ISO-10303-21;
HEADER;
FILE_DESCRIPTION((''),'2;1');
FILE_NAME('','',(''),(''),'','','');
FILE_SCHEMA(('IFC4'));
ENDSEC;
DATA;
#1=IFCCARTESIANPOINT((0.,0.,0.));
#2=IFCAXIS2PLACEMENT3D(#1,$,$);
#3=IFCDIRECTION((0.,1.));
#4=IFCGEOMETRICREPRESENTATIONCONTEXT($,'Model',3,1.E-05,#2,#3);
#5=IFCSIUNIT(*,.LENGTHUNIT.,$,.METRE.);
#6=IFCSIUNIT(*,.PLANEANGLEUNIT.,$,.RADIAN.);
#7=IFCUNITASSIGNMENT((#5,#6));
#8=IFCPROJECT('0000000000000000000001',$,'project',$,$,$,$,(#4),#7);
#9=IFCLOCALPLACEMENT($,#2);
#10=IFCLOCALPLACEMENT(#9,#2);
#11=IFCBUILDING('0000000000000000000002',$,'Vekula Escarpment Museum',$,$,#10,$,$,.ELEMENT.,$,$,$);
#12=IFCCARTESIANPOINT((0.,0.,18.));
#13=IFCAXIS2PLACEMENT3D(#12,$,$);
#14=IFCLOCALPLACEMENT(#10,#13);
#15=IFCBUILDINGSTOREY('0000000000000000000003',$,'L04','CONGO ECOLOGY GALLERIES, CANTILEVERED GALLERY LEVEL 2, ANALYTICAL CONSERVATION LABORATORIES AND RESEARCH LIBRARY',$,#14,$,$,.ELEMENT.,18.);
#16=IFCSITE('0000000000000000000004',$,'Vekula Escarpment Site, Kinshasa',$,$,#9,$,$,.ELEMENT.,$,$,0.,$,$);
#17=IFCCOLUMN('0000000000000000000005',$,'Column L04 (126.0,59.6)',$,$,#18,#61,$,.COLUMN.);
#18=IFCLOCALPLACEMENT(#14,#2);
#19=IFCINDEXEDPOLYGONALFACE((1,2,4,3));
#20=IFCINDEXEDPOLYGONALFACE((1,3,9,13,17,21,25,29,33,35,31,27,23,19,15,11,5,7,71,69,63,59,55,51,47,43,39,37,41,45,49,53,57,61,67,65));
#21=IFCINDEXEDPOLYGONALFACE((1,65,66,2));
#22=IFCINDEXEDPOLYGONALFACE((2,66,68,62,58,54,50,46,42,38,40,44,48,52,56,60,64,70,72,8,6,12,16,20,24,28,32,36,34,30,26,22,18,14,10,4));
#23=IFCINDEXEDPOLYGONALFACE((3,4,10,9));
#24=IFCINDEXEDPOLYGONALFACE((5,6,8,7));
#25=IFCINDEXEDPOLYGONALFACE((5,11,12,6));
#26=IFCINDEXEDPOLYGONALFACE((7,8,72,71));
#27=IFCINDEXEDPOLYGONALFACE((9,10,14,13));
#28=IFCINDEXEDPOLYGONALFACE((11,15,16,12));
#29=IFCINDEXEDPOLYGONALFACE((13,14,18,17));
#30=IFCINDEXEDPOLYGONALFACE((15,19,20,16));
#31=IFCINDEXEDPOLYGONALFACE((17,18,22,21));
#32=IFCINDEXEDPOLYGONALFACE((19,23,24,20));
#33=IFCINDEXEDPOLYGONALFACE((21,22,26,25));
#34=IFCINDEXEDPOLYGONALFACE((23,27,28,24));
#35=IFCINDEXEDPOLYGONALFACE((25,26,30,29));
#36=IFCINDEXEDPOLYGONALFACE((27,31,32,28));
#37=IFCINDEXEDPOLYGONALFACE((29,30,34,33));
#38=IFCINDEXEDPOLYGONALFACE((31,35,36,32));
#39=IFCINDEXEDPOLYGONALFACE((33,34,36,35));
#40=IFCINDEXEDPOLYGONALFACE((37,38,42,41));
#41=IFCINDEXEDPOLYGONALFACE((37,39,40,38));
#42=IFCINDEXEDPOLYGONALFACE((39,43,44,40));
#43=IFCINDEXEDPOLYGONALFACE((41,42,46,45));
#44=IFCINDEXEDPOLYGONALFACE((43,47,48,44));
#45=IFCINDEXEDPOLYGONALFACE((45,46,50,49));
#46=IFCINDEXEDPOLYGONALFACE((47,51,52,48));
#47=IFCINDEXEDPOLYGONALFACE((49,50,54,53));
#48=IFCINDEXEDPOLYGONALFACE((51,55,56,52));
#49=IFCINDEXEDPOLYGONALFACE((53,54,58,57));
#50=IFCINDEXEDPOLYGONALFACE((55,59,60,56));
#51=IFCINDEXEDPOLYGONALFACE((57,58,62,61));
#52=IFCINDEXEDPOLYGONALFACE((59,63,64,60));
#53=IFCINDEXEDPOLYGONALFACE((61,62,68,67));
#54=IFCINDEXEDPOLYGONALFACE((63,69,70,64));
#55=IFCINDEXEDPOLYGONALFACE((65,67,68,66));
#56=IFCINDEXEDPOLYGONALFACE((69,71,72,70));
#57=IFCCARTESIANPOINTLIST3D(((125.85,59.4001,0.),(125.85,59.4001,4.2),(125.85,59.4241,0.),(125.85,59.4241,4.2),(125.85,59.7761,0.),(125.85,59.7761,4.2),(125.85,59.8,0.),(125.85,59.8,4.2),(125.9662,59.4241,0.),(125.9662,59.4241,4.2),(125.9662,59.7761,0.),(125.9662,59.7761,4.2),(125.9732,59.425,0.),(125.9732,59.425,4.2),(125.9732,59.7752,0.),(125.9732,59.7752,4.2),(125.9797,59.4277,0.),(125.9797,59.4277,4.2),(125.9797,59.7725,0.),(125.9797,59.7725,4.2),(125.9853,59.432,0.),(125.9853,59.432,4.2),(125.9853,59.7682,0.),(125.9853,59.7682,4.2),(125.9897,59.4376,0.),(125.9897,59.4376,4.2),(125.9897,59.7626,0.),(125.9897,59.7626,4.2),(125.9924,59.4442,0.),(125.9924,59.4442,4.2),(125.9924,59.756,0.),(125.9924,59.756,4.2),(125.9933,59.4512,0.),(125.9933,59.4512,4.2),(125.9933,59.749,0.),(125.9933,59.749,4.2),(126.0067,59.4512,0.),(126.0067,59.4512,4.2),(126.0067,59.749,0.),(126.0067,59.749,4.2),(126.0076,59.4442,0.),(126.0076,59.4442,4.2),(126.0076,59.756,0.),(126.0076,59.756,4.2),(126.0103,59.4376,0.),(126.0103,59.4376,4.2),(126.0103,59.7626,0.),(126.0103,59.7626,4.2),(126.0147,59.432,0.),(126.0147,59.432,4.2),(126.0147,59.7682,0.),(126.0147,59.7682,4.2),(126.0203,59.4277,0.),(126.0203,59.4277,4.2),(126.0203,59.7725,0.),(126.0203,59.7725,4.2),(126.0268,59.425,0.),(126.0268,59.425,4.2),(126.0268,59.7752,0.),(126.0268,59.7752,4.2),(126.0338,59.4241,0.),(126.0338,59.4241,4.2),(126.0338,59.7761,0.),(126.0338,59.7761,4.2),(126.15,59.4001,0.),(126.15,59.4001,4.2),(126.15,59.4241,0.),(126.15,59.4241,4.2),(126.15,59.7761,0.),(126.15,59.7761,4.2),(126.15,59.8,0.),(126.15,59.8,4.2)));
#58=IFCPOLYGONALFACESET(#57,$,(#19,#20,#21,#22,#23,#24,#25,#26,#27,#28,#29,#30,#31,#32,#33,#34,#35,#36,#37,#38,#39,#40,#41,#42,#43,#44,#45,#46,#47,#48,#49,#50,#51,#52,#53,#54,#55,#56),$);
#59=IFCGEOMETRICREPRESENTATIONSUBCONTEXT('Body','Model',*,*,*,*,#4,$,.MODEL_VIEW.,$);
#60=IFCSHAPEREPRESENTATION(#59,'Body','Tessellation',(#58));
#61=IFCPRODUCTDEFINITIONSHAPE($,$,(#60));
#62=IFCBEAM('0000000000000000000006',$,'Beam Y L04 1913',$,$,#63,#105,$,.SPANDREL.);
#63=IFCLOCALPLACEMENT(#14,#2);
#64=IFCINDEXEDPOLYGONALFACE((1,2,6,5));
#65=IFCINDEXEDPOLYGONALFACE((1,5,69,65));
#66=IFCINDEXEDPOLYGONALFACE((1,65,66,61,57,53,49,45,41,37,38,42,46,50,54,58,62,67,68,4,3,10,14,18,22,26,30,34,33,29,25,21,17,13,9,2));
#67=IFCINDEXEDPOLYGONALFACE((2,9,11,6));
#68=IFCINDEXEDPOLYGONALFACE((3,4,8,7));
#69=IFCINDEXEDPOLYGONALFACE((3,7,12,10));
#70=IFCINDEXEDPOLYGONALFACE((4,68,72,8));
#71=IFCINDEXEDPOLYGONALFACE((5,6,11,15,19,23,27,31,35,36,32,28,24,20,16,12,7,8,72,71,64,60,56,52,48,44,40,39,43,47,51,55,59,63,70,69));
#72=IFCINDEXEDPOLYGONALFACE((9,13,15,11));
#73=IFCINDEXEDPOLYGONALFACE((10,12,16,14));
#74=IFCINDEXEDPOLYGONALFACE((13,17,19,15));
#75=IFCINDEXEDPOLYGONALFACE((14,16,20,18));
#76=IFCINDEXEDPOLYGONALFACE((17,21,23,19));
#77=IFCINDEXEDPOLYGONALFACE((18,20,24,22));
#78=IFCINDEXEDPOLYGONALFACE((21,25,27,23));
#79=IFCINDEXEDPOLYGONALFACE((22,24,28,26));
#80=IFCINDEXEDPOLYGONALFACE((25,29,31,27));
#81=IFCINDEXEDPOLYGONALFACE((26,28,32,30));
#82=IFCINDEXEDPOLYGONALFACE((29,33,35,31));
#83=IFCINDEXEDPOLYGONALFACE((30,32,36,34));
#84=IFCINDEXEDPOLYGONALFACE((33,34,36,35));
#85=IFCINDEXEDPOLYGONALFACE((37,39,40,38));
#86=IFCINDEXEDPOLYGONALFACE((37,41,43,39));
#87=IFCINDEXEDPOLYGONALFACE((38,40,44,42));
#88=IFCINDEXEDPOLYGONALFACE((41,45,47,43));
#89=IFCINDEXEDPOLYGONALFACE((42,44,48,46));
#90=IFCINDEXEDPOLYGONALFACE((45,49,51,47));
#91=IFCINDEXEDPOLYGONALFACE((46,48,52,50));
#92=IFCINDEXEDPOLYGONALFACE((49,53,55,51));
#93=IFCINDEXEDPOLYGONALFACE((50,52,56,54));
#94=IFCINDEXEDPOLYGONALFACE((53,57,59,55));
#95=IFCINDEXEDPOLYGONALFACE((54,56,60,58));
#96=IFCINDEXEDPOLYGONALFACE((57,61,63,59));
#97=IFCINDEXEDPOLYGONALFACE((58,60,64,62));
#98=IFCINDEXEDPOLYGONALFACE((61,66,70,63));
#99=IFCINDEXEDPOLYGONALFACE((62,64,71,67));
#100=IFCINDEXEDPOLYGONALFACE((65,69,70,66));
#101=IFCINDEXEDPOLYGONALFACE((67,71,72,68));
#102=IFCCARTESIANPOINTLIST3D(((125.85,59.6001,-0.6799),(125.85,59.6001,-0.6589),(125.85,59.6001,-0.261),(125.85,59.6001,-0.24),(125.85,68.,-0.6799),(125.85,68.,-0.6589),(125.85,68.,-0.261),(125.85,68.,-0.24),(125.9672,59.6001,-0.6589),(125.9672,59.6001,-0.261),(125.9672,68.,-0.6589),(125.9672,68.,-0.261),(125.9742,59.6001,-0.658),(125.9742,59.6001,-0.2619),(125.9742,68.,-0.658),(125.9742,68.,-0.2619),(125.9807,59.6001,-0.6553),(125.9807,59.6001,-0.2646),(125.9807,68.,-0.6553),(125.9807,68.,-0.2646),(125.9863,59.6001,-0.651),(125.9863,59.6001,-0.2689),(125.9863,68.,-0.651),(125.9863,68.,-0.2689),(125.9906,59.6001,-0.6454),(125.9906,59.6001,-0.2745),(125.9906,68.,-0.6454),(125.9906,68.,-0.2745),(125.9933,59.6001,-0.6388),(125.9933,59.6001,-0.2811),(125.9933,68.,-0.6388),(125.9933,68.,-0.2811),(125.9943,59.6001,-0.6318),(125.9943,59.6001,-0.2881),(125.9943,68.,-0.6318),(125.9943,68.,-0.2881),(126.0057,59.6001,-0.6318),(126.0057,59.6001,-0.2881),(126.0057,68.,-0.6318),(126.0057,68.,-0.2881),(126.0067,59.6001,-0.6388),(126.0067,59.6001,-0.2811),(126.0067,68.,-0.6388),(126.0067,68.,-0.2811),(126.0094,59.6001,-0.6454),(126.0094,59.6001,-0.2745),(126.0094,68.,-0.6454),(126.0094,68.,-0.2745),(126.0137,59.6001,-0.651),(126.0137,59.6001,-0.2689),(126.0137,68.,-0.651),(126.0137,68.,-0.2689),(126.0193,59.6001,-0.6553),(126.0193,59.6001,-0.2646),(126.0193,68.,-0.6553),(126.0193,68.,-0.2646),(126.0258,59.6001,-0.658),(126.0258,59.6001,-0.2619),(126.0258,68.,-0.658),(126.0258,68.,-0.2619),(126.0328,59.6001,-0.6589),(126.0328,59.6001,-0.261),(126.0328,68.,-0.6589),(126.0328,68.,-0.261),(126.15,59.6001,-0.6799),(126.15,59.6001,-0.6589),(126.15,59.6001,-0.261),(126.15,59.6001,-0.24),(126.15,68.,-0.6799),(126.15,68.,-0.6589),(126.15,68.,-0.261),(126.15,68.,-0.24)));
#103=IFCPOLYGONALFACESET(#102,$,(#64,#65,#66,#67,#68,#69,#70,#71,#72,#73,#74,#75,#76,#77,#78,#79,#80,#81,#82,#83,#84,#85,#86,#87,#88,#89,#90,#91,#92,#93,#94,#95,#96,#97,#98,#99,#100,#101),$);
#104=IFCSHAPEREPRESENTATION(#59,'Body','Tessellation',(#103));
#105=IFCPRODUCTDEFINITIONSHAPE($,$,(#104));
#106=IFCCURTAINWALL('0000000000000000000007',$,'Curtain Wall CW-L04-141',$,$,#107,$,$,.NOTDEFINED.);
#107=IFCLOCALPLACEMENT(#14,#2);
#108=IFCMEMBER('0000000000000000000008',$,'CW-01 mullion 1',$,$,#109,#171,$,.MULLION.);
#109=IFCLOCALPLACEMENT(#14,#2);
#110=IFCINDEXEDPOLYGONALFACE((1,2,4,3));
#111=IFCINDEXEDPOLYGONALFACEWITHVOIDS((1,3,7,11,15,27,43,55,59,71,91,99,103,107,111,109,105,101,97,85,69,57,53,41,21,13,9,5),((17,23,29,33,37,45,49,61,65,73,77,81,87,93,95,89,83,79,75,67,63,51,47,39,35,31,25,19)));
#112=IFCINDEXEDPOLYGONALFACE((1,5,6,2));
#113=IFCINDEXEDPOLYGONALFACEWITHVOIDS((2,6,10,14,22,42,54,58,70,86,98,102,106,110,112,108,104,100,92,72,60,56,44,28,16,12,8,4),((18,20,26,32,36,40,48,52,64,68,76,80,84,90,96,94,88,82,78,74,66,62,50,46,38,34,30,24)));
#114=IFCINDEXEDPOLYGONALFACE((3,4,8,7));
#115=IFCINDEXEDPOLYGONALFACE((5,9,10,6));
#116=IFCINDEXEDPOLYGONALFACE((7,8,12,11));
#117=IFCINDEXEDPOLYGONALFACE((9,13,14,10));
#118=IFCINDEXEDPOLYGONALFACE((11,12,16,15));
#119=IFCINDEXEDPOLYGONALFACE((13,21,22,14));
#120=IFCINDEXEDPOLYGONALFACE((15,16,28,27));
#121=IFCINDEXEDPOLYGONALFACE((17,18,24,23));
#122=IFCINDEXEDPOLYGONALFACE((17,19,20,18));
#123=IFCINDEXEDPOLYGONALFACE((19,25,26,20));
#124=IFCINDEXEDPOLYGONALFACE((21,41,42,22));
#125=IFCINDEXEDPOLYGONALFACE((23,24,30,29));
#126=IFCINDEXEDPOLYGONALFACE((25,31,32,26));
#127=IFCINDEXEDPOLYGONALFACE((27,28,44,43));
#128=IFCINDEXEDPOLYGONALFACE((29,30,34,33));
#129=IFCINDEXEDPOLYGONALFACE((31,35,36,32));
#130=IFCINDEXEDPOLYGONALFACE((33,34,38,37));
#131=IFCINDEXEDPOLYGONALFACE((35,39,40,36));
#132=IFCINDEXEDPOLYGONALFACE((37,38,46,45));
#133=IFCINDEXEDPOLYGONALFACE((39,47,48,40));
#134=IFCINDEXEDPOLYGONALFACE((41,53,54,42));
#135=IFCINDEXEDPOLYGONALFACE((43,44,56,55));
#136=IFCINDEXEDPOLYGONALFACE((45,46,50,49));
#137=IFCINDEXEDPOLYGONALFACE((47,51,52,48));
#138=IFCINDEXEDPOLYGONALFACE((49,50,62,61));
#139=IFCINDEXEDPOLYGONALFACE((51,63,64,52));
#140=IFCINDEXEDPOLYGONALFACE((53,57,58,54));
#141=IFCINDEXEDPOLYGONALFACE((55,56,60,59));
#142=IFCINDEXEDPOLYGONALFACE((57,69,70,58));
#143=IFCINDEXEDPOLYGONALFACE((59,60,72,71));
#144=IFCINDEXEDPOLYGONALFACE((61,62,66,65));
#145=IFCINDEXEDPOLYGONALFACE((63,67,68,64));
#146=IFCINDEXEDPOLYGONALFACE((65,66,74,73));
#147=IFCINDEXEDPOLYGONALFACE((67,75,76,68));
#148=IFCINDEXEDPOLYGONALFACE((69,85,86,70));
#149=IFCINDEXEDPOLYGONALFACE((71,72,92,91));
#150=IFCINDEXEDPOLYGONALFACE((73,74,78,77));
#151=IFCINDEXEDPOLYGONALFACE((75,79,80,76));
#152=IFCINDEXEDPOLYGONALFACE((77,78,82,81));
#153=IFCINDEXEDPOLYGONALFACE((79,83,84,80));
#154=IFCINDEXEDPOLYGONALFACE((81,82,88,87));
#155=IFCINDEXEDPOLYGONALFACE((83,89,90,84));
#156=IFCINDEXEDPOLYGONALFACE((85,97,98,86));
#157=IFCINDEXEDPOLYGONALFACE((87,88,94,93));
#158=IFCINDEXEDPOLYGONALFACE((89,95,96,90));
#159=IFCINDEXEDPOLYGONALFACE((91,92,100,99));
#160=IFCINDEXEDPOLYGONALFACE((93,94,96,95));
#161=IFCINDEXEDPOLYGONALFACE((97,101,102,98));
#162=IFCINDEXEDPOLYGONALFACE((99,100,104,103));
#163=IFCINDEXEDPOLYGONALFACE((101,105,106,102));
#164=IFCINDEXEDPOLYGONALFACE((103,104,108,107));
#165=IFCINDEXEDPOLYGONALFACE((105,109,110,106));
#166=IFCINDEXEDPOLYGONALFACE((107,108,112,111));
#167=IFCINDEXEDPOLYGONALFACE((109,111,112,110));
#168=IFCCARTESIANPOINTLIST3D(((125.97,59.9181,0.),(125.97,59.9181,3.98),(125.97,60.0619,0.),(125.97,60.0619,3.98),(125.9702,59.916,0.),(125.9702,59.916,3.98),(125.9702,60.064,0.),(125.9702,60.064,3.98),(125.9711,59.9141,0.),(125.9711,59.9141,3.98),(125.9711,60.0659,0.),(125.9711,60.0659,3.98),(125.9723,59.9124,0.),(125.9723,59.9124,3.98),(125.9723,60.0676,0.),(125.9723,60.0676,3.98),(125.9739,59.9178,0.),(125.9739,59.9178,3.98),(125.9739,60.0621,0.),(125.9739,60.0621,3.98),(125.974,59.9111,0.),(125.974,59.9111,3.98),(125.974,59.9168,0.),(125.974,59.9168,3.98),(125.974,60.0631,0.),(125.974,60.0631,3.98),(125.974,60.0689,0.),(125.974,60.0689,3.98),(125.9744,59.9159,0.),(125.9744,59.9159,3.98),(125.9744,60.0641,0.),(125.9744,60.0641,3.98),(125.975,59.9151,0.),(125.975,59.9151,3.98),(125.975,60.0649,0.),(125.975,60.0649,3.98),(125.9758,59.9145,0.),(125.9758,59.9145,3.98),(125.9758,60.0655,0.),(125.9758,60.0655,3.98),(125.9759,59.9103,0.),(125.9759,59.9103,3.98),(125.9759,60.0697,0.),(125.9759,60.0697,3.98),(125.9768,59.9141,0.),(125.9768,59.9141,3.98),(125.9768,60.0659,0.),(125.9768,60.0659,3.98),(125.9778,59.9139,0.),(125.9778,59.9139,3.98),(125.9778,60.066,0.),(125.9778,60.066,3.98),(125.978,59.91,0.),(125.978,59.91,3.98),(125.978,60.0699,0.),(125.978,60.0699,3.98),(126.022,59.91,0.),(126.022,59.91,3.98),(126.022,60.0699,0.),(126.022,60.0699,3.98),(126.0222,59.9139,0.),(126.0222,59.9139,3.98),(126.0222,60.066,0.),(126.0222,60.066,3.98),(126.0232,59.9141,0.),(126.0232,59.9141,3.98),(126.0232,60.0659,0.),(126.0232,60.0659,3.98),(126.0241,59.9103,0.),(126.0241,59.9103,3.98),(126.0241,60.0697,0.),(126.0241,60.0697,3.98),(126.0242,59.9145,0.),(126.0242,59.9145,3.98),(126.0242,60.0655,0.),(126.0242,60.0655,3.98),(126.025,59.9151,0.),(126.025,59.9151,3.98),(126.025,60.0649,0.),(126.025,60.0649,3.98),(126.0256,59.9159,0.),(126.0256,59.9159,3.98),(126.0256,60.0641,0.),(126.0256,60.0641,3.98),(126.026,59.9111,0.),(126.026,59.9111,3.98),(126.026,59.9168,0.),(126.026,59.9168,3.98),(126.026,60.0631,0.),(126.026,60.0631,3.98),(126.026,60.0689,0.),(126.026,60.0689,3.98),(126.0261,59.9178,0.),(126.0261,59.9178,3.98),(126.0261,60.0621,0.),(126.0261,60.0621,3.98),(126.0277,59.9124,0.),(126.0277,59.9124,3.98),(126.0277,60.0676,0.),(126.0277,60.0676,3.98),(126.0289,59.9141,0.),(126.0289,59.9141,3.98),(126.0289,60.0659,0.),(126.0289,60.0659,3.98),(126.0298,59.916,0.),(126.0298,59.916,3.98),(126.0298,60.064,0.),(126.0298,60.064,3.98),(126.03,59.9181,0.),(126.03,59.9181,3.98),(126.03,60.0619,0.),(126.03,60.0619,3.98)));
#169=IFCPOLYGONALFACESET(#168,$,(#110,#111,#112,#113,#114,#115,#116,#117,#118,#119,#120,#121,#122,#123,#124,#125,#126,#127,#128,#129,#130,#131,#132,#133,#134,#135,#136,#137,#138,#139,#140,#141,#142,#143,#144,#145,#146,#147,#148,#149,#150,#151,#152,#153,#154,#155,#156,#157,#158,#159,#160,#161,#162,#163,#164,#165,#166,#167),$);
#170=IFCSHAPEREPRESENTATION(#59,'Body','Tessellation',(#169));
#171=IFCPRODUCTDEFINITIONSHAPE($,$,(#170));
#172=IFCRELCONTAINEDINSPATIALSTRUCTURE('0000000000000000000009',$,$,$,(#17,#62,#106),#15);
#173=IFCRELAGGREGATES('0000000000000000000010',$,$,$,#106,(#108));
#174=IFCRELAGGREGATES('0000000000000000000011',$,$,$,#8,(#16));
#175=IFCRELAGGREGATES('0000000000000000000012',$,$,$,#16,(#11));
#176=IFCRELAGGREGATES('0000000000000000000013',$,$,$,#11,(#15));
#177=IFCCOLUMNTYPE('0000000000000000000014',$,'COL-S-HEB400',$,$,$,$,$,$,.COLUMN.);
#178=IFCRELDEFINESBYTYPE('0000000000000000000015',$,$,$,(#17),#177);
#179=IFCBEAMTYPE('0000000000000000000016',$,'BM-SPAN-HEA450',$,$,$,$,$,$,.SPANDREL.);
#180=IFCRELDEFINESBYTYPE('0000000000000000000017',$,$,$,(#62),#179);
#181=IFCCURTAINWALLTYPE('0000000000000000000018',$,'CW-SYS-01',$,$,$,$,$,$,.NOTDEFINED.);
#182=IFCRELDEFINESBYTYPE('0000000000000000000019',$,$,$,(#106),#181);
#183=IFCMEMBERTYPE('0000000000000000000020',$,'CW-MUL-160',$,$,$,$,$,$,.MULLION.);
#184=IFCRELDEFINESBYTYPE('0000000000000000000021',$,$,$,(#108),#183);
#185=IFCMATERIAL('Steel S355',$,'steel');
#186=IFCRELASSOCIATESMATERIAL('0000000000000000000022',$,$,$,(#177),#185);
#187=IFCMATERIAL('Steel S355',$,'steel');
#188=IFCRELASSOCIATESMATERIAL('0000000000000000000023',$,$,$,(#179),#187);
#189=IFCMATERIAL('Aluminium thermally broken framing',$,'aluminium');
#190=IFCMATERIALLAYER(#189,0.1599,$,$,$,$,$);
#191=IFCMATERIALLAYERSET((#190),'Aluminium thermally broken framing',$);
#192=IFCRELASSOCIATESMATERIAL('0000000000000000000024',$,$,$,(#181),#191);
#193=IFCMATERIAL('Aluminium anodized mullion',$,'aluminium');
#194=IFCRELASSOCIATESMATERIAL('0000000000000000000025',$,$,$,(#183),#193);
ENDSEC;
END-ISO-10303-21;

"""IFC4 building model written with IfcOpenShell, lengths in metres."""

from ifc_helpers import new_model, si_unit, direction, frame, origin, origin_2d, place, context, subcontext, project, spatial, hollow_rectangle, i_section, extrude, material, layer, layer_set, material_profile, profile_set, type_object, element, aggregate, save


model = new_model("IFC4")

# Units and contexts
model_context = context("Model", 3, precision=1e-05, world=origin(), true_north=direction((0.0, 1.0)))
body_context = subcontext(model_context, "Body", "Model", "MODEL_VIEW")
ifc_project = project(units=[si_unit("LENGTHUNIT", "METRE"), si_unit("PLANEANGLEUNIT", "RADIAN")], contexts=[model_context])

# Site, building, storey
site_placement = place(None, origin())
site = spatial("IfcSite", under=ifc_project, at=site_placement, Name="Vekula Escarpment Site, Kinshasa", CompositionType="ELEMENT", RefElevation=0.0)
building_placement = place(site_placement, origin())
building = spatial("IfcBuilding", under=site, at=building_placement, Name="Vekula Escarpment Museum", CompositionType="ELEMENT")
storey_placement = place(building_placement, frame((0.0, 0.0, 18.0)))
storey = spatial("IfcBuildingStorey", under=building, at=storey_placement, Name="L04", Description="CONGO ECOLOGY GALLERIES, CANTILEVERED GALLERY LEVEL 2, ANALYTICAL CONSERVATION LABORATORIES AND RESEARCH LIBRARY", CompositionType="ELEMENT", Elevation=18.0)

# Column
ifc_material_1 = material(Name="Steel S355", Category="steel")
ifc_material_profile_1 = material_profile(ifc_material_1, i_section(OverallWidth=0.3, OverallDepth=0.3999, WebThickness=0.0134, FlangeThickness=0.0239, FilletRadius=0.0271, at=origin_2d()), Name="HEB 400")
ifc_profile_set_1 = profile_set([ifc_material_profile_1], Name="Steel S355")
column_type = type_object("IfcColumnType", Name="COL-S-HEB400", PredefinedType="COLUMN", material=ifc_profile_set_1)
column_placement = place(storey_placement, frame((126.0, 59.6001, 0.0), z_axis=(0.0, 0.0, 1.0), x_axis=(1.0, 0.0, 0.0)))
element("IfcColumn", 1, at=column_placement, inside=storey, type_object=column_type, Name="Column L04 (126.0,59.6)", PredefinedType="COLUMN", context=body_context, shape_type="SweptSolid", body=[
    extrude(i_section(OverallWidth=0.3, OverallDepth=0.3999, WebThickness=0.0134, FlangeThickness=0.0239, FilletRadius=0.0271, at=origin_2d()), origin(), (0.0, 0.0, 1.0), 4.2),
])

# Beam
ifc_material_2 = material(Name="Steel S355", Category="steel")
ifc_material_profile_2 = material_profile(ifc_material_2, i_section(OverallWidth=0.3, OverallDepth=0.4399, WebThickness=0.0115, FlangeThickness=0.021, FilletRadius=0.0271, at=origin_2d()), Name="HEA 450")
ifc_profile_set_2 = profile_set([ifc_material_profile_2], Name="Steel S355")
beam_type = type_object("IfcBeamType", Name="BM-SPAN-HEA450", PredefinedType="SPANDREL", material=ifc_profile_set_2)
beam_placement = place(storey_placement, frame((126.0, 59.6001, -0.46), z_axis=(0.0, 1.0, 0.0), x_axis=(-1.0, 0.0, 0.0)))
element("IfcBeam", 2, at=beam_placement, inside=storey, type_object=beam_type, Name="Beam Y L04 1913", PredefinedType="SPANDREL", context=body_context, shape_type="SweptSolid", body=[
    extrude(i_section(OverallWidth=0.3, OverallDepth=0.4399, WebThickness=0.0115, FlangeThickness=0.021, FilletRadius=0.0271, at=origin_2d()), origin(), (0.0, 0.0, 1.0), 8.3999),
])

# Curtain wall, member
ifc_material_3 = material(Name="Aluminium thermally broken framing", Category="aluminium")
ifc_layer_1 = layer(ifc_material_3, 0.1599)
ifc_layer_set_1 = layer_set([ifc_layer_1], Name="Aluminium thermally broken framing")
curtain_wall_type = type_object("IfcCurtainWallType", Name="CW-SYS-01", PredefinedType="NOTDEFINED", material=ifc_layer_set_1)
curtain_wall_placement = place(storey_placement, origin())
curtain_wall = element("IfcCurtainWall", 3, at=curtain_wall_placement, inside=storey, type_object=curtain_wall_type, Name="Curtain Wall CW-L04-141", PredefinedType="NOTDEFINED")
ifc_material_4 = material(Name="Aluminium anodized mullion", Category="aluminium")
ifc_material_profile_3 = material_profile(ifc_material_4, hollow_rectangle(XDim=0.0601, YDim=0.1599, WallThickness=0.0039, InnerFilletRadius=0.0039, OuterFilletRadius=0.0081, at=origin_2d()), Name="ALU 160x60x4")
ifc_profile_set_3 = profile_set([ifc_material_profile_3], Name="Aluminium anodized mullion")
member_type_1 = type_object("IfcMemberType", Name="CW-MUL-160", PredefinedType="MULLION", material=ifc_profile_set_3)
member_1_placement = place(storey_placement, frame((126.0, 59.99, 0.0), z_axis=(0.0, 0.0, 1.0), x_axis=(-1.0, 0.0, 0.0)))
member_1 = element("IfcMember", 4, at=member_1_placement, type_object=member_type_1, Name="CW-01 mullion 1", PredefinedType="MULLION", context=body_context, shape_type="SweptSolid", body=[
    extrude(hollow_rectangle(XDim=0.0601, YDim=0.1599, WallThickness=0.0039, InnerFilletRadius=0.0039, OuterFilletRadius=0.0081, at=origin_2d()), origin(), (0.0, 0.0, 1.0), 3.98),
])
aggregate(curtain_wall, [member_1])

save(model, "model.ifc")
